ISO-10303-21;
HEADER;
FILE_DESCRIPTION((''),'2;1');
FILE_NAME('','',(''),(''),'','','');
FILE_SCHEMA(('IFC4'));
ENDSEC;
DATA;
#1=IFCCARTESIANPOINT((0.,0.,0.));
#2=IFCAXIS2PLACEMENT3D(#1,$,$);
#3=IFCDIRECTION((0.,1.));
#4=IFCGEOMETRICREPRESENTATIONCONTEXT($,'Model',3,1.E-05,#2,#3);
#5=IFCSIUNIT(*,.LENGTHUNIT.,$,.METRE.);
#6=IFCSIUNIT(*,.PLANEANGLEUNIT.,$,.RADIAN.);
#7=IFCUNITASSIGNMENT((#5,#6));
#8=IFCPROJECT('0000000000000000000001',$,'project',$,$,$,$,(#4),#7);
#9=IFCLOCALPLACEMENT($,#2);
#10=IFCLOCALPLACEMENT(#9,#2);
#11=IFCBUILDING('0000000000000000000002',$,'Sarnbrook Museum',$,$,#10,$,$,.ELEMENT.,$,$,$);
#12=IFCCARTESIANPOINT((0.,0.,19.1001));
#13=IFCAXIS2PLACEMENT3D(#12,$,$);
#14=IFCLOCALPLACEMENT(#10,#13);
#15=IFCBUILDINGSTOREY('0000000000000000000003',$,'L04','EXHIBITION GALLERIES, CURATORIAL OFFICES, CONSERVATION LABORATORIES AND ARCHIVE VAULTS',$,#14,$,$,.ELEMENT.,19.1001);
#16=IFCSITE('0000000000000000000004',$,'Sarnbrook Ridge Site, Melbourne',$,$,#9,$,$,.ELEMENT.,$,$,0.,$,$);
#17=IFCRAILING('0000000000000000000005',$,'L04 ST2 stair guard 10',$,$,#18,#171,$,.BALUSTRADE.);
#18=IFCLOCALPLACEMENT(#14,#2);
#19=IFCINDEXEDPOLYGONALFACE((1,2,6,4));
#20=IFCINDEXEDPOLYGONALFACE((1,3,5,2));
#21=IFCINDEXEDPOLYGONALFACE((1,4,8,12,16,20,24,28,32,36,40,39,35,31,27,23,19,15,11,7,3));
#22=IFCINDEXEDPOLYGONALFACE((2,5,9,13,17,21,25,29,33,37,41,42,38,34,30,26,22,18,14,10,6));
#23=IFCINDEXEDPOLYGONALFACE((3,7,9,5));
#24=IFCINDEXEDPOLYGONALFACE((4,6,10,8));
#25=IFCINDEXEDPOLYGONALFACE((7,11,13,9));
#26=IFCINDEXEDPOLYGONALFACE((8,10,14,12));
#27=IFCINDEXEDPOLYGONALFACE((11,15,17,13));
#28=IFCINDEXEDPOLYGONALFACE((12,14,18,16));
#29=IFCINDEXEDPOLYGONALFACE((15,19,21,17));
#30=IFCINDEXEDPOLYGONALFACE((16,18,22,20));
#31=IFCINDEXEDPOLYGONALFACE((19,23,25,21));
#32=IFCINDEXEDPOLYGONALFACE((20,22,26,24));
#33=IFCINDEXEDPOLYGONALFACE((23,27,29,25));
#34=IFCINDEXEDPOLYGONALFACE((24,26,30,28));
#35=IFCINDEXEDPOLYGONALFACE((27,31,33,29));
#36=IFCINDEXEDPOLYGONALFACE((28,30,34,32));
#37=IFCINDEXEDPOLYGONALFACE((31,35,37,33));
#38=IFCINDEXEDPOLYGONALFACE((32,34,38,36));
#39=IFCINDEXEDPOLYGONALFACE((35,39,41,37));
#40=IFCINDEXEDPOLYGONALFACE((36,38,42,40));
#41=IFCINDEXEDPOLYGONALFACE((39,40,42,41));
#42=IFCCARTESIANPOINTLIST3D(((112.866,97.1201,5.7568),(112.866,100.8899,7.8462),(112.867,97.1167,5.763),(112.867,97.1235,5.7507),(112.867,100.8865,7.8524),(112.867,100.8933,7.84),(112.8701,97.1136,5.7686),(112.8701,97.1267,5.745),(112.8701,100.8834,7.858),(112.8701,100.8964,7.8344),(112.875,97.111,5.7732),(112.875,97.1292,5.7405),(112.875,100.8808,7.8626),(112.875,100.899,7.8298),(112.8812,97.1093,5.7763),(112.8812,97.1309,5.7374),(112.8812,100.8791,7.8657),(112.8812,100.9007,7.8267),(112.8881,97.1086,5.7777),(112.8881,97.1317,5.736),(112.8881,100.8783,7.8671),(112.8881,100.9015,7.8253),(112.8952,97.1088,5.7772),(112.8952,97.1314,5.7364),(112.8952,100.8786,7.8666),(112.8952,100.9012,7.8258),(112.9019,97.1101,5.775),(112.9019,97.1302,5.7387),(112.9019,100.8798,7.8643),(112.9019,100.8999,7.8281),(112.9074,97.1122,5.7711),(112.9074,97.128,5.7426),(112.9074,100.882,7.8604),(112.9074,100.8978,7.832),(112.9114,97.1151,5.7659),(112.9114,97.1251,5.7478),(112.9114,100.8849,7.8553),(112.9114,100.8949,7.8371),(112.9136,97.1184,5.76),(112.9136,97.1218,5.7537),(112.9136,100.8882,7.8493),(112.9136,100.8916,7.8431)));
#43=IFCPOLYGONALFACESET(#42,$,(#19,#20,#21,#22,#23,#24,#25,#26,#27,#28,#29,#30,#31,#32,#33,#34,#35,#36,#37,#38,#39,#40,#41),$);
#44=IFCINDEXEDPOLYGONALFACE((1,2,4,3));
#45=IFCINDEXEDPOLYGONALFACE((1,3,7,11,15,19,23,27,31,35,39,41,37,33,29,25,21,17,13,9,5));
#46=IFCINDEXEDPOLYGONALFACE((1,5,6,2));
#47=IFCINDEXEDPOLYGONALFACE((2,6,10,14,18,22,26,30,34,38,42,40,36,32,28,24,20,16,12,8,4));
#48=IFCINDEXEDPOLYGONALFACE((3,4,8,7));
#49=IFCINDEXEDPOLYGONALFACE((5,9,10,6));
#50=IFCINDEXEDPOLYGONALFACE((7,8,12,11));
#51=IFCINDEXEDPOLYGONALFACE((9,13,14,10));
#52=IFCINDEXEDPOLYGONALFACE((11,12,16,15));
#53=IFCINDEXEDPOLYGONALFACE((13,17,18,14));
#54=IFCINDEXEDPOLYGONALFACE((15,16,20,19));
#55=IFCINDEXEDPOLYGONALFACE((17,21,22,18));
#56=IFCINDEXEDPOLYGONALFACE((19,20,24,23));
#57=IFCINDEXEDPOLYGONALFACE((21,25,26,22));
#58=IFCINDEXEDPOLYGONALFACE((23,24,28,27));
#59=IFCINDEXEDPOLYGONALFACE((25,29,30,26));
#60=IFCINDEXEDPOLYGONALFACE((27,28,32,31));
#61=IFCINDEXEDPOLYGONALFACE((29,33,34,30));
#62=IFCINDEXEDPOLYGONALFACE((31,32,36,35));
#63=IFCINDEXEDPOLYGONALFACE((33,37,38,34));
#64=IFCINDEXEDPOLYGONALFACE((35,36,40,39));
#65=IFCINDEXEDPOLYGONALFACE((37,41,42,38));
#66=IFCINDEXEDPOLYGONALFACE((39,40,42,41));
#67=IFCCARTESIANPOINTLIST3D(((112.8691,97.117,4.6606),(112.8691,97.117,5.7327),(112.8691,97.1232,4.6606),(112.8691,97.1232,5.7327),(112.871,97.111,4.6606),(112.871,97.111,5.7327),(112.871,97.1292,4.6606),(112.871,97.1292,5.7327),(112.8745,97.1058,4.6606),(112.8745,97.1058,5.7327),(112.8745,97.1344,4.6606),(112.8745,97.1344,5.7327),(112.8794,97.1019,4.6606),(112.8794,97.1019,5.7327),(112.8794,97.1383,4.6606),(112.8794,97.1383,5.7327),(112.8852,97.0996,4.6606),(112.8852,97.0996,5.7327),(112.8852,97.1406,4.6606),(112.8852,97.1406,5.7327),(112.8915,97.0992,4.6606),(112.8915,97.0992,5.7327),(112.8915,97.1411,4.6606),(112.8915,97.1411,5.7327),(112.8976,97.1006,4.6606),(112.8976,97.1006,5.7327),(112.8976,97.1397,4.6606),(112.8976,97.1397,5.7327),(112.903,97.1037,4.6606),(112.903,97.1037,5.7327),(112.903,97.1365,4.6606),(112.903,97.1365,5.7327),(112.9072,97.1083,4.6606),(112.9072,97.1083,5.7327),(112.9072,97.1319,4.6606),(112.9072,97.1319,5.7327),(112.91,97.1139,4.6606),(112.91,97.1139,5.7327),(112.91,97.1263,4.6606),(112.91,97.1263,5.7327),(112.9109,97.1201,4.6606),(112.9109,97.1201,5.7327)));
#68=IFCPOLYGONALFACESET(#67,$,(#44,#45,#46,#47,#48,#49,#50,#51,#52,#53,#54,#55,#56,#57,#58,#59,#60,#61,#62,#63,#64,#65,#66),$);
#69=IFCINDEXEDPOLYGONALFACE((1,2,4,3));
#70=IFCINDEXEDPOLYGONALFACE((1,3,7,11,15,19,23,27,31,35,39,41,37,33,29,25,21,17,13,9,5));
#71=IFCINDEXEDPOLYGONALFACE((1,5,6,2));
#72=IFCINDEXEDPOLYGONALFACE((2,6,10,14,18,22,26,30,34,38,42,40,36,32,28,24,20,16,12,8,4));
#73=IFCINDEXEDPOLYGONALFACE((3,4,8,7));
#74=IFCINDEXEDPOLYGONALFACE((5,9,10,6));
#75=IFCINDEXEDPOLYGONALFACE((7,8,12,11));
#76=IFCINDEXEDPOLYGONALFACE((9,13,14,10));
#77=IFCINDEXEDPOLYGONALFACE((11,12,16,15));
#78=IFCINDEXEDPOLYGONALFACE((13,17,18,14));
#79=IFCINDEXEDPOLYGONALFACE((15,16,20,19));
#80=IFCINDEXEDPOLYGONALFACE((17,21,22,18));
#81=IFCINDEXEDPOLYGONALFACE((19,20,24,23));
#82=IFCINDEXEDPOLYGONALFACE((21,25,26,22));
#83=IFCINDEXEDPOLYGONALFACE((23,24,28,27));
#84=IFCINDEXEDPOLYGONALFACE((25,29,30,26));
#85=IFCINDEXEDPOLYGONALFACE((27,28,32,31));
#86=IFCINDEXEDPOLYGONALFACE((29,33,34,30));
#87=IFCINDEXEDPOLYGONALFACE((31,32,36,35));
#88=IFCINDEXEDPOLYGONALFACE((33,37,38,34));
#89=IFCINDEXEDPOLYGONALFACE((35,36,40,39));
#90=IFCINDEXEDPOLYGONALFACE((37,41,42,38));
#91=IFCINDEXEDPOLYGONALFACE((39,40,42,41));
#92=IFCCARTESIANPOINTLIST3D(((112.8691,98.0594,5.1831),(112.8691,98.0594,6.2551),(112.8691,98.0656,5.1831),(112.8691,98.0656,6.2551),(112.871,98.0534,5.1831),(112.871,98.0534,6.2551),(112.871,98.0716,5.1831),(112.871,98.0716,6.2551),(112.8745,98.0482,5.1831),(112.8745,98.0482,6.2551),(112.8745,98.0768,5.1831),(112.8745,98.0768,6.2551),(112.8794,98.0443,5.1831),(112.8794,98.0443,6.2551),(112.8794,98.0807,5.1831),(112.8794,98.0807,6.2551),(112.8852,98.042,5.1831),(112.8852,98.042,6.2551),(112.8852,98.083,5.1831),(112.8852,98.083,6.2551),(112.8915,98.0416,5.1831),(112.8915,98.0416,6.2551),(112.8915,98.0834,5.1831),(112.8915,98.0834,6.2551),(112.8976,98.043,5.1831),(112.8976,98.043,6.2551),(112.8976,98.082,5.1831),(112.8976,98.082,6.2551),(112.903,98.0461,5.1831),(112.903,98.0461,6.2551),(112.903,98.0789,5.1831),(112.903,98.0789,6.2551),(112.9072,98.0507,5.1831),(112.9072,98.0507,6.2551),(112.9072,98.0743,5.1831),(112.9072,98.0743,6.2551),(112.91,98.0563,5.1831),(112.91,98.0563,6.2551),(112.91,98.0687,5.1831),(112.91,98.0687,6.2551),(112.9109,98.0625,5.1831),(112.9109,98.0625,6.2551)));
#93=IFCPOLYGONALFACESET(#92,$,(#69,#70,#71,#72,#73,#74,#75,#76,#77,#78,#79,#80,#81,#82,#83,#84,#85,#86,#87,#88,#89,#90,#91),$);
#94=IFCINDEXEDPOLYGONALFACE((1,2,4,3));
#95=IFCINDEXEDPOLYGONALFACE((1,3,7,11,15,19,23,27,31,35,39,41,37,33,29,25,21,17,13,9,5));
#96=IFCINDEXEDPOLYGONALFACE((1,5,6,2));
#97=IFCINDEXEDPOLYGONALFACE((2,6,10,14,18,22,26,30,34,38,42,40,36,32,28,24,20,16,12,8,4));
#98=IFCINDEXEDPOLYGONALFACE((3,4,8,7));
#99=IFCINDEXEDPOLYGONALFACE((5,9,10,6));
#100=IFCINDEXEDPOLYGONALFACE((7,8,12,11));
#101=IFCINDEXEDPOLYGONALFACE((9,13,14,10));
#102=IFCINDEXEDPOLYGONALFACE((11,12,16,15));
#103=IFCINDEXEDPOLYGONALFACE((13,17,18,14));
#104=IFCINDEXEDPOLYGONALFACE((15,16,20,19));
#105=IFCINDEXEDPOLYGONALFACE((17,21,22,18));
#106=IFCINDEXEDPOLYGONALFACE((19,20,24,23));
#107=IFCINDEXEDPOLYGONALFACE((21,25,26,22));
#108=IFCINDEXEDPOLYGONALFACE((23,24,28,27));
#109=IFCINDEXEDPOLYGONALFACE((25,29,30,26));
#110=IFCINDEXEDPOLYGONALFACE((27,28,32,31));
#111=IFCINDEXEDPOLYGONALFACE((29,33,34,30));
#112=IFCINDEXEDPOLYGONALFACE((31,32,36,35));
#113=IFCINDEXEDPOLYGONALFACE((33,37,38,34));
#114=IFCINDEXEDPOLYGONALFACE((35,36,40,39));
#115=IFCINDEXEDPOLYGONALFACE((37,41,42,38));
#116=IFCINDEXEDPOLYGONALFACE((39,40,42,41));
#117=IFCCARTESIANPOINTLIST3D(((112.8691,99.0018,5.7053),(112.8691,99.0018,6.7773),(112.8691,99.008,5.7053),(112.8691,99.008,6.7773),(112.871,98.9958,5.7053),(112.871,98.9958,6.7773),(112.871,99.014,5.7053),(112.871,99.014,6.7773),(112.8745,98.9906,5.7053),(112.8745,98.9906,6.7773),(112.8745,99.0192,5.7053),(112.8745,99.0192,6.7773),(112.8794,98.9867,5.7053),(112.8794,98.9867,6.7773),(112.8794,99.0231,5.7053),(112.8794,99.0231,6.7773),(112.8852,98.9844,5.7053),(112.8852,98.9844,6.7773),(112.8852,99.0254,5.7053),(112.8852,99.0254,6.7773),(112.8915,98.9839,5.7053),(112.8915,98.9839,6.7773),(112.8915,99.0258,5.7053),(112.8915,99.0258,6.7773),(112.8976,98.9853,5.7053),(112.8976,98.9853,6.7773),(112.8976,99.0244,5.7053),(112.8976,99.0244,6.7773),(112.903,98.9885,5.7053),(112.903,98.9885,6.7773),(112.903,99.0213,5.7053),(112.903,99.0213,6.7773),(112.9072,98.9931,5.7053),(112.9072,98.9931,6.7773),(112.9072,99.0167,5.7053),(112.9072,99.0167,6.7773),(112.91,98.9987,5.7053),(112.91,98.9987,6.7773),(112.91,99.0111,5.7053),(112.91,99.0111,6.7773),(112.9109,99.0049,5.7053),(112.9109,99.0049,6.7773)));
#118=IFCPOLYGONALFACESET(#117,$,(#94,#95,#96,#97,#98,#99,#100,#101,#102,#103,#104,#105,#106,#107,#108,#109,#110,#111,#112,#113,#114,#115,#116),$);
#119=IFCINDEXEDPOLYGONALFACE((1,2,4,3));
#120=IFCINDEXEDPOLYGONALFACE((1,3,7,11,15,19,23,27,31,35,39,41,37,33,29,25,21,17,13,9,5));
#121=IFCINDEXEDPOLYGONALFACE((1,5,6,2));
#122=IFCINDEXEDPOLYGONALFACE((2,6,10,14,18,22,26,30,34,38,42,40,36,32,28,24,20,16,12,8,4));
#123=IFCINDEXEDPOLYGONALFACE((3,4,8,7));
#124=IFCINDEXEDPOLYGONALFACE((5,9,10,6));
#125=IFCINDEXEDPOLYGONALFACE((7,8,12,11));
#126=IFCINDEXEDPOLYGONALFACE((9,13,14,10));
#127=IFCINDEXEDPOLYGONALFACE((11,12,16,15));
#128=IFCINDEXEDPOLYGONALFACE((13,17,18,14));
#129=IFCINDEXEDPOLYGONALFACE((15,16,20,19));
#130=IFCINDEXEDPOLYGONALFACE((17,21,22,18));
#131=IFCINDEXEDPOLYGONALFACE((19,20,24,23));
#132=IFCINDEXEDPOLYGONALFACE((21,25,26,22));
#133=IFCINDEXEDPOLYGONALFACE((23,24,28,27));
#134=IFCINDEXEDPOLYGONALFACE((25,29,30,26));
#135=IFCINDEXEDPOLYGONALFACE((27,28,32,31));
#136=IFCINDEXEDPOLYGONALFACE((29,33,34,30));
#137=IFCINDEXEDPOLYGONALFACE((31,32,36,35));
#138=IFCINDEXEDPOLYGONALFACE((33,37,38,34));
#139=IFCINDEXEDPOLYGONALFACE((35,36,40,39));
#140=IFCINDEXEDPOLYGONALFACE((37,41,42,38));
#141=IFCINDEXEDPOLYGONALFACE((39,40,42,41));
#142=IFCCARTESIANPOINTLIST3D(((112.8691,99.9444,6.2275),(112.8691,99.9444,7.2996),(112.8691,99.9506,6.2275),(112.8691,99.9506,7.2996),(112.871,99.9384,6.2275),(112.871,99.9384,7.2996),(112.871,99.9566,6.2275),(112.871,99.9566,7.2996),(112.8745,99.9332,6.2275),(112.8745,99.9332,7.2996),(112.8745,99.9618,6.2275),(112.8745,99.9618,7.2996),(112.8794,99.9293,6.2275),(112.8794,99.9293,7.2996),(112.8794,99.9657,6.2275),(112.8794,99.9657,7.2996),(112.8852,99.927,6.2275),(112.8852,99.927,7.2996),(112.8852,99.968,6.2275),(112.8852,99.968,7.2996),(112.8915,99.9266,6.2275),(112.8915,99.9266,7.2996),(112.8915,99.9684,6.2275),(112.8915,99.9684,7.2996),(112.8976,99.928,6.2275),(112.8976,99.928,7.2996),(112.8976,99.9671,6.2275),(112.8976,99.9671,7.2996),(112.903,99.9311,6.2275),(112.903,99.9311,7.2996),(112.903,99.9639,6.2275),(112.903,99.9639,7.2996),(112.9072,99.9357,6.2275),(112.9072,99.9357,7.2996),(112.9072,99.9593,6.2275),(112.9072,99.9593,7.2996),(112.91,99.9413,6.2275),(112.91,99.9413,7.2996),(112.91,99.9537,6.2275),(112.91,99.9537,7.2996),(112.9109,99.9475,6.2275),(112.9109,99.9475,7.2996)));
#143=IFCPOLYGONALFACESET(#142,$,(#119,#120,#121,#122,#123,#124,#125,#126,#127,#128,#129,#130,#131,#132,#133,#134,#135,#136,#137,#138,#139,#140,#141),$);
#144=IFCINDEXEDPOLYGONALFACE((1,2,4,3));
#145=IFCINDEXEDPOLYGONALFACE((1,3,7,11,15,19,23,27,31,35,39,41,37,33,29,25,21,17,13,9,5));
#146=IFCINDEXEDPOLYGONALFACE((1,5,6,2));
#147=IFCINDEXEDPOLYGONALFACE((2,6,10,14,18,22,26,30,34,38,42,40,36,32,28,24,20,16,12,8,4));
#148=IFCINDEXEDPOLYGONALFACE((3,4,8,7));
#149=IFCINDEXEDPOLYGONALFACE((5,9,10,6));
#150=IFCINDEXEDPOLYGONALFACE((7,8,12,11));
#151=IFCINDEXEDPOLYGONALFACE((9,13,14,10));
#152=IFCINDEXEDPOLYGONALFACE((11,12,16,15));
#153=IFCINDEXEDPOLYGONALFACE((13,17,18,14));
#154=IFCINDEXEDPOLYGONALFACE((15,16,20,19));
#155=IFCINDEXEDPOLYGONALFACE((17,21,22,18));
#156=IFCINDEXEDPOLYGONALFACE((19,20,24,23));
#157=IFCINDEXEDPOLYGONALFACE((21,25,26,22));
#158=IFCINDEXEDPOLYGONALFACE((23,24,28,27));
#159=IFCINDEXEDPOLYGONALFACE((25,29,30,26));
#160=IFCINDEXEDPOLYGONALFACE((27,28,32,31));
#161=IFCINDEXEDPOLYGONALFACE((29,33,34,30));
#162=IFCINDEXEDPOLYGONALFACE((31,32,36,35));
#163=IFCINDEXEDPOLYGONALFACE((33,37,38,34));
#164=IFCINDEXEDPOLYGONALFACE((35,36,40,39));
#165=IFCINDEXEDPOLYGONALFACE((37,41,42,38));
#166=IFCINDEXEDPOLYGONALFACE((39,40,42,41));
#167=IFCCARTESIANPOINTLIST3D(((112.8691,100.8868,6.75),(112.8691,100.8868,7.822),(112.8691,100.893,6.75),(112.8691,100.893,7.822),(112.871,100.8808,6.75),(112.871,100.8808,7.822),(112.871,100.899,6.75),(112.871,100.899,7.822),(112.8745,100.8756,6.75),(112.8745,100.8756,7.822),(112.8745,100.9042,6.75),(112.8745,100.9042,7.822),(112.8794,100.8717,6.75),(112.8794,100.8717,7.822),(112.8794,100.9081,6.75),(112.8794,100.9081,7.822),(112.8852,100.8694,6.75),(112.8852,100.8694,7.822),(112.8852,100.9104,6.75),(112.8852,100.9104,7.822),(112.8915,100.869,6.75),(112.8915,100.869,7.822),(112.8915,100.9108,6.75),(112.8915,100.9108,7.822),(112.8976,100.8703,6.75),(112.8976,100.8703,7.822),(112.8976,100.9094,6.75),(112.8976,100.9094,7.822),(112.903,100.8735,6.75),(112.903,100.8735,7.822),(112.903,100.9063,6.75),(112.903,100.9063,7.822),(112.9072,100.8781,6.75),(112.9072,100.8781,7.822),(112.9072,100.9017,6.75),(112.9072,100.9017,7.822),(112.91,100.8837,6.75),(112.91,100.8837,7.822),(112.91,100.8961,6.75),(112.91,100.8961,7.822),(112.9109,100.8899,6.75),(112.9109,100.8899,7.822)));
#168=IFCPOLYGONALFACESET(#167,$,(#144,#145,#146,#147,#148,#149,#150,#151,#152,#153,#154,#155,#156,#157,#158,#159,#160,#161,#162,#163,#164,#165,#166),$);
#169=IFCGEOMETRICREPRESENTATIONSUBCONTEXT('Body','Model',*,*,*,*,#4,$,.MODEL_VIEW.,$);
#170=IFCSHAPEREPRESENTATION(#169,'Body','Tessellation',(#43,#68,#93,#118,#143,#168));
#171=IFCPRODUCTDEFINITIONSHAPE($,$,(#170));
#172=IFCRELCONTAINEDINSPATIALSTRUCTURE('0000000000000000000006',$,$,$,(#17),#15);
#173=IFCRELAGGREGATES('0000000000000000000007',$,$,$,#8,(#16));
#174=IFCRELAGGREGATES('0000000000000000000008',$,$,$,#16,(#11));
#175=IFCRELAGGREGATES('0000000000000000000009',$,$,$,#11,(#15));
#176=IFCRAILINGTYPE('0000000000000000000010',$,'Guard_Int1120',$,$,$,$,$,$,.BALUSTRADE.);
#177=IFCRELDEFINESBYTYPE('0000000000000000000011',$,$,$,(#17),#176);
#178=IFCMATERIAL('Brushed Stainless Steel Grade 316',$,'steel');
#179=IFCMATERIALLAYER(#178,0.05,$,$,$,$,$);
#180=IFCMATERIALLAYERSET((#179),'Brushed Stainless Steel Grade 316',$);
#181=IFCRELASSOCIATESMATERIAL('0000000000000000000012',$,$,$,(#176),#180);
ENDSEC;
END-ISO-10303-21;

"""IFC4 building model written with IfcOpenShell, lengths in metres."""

from ifc_helpers import new_model, si_unit, direction, frame, origin, origin_2d, place, context, subcontext, project, spatial, circle, extrude, material, layer, layer_set, type_object, element, save


model = new_model("IFC4")

# Units and contexts
model_context = context("Model", 3, precision=1e-05, world=origin(), true_north=direction((0.0, 1.0)))
body_context = subcontext(model_context, "Body", "Model", "MODEL_VIEW")
ifc_project = project(units=[si_unit("LENGTHUNIT", "METRE"), si_unit("PLANEANGLEUNIT", "RADIAN")], contexts=[model_context])

# Site, building, storey
site_placement = place(None, origin())
site = spatial("IfcSite", under=ifc_project, at=site_placement, Name="Sarnbrook Ridge Site, Melbourne", CompositionType="ELEMENT", RefElevation=0.0)
building_placement = place(site_placement, origin())
building = spatial("IfcBuilding", under=site, at=building_placement, Name="Sarnbrook Museum", CompositionType="ELEMENT")
storey_placement = place(building_placement, frame((0.0, 0.0, 19.1001)))
storey = spatial("IfcBuildingStorey", under=building, at=storey_placement, Name="L04", Description="EXHIBITION GALLERIES, CURATORIAL OFFICES, CONSERVATION LABORATORIES AND ARCHIVE VAULTS", CompositionType="ELEMENT", Elevation=19.1001)

# Railing
ifc_material_1 = material(Name="Brushed Stainless Steel Grade 316", Category="steel")
ifc_layer_1 = layer(ifc_material_1, 0.05)
ifc_layer_set_1 = layer_set([ifc_layer_1], Name="Brushed Stainless Steel Grade 316")
railing_type_1 = type_object("IfcRailingType", Name="Guard_Int1120", PredefinedType="BALUSTRADE", material=ifc_layer_set_1)
railing_1_placement = place(storey_placement, frame((112.8899, 97.1201, 4.6606)))
element("IfcRailing", 1, at=railing_1_placement, inside=storey, type_object=railing_type_1, Name="L04 ST2 stair guard 10", PredefinedType="BALUSTRADE", context=body_context, shape_type="SweptSolid", body=[
    extrude(circle(Radius=0.0239, at=origin_2d()), frame((0.0, 0.0, 1.0962), z_axis=(0.0, 0.874646, 0.484763), x_axis=(-1.0, 0.0, 0.0)), (0.0, 0.0, 1.0), 4.3101),
    extrude(circle(Radius=0.021, at=origin_2d()), origin(), (0.0, 0.0, 1.0), 1.072),
    extrude(circle(Radius=0.021, at=origin_2d()), frame((0.0, 0.9424, 0.5225)), (0.0, 0.0, 1.0), 1.072),
    extrude(circle(Radius=0.021, at=origin_2d()), frame((0.0, 1.8848, 1.0447)), (0.0, 0.0, 1.0), 1.072),
    extrude(circle(Radius=0.021, at=origin_2d()), frame((0.0, 2.8274, 1.5669)), (0.0, 0.0, 1.0), 1.072),
    extrude(circle(Radius=0.021, at=origin_2d()), frame((0.0, 3.7698, 2.0894)), (0.0, 0.0, 1.0), 1.072),
])

save(model, "model.ifc")
